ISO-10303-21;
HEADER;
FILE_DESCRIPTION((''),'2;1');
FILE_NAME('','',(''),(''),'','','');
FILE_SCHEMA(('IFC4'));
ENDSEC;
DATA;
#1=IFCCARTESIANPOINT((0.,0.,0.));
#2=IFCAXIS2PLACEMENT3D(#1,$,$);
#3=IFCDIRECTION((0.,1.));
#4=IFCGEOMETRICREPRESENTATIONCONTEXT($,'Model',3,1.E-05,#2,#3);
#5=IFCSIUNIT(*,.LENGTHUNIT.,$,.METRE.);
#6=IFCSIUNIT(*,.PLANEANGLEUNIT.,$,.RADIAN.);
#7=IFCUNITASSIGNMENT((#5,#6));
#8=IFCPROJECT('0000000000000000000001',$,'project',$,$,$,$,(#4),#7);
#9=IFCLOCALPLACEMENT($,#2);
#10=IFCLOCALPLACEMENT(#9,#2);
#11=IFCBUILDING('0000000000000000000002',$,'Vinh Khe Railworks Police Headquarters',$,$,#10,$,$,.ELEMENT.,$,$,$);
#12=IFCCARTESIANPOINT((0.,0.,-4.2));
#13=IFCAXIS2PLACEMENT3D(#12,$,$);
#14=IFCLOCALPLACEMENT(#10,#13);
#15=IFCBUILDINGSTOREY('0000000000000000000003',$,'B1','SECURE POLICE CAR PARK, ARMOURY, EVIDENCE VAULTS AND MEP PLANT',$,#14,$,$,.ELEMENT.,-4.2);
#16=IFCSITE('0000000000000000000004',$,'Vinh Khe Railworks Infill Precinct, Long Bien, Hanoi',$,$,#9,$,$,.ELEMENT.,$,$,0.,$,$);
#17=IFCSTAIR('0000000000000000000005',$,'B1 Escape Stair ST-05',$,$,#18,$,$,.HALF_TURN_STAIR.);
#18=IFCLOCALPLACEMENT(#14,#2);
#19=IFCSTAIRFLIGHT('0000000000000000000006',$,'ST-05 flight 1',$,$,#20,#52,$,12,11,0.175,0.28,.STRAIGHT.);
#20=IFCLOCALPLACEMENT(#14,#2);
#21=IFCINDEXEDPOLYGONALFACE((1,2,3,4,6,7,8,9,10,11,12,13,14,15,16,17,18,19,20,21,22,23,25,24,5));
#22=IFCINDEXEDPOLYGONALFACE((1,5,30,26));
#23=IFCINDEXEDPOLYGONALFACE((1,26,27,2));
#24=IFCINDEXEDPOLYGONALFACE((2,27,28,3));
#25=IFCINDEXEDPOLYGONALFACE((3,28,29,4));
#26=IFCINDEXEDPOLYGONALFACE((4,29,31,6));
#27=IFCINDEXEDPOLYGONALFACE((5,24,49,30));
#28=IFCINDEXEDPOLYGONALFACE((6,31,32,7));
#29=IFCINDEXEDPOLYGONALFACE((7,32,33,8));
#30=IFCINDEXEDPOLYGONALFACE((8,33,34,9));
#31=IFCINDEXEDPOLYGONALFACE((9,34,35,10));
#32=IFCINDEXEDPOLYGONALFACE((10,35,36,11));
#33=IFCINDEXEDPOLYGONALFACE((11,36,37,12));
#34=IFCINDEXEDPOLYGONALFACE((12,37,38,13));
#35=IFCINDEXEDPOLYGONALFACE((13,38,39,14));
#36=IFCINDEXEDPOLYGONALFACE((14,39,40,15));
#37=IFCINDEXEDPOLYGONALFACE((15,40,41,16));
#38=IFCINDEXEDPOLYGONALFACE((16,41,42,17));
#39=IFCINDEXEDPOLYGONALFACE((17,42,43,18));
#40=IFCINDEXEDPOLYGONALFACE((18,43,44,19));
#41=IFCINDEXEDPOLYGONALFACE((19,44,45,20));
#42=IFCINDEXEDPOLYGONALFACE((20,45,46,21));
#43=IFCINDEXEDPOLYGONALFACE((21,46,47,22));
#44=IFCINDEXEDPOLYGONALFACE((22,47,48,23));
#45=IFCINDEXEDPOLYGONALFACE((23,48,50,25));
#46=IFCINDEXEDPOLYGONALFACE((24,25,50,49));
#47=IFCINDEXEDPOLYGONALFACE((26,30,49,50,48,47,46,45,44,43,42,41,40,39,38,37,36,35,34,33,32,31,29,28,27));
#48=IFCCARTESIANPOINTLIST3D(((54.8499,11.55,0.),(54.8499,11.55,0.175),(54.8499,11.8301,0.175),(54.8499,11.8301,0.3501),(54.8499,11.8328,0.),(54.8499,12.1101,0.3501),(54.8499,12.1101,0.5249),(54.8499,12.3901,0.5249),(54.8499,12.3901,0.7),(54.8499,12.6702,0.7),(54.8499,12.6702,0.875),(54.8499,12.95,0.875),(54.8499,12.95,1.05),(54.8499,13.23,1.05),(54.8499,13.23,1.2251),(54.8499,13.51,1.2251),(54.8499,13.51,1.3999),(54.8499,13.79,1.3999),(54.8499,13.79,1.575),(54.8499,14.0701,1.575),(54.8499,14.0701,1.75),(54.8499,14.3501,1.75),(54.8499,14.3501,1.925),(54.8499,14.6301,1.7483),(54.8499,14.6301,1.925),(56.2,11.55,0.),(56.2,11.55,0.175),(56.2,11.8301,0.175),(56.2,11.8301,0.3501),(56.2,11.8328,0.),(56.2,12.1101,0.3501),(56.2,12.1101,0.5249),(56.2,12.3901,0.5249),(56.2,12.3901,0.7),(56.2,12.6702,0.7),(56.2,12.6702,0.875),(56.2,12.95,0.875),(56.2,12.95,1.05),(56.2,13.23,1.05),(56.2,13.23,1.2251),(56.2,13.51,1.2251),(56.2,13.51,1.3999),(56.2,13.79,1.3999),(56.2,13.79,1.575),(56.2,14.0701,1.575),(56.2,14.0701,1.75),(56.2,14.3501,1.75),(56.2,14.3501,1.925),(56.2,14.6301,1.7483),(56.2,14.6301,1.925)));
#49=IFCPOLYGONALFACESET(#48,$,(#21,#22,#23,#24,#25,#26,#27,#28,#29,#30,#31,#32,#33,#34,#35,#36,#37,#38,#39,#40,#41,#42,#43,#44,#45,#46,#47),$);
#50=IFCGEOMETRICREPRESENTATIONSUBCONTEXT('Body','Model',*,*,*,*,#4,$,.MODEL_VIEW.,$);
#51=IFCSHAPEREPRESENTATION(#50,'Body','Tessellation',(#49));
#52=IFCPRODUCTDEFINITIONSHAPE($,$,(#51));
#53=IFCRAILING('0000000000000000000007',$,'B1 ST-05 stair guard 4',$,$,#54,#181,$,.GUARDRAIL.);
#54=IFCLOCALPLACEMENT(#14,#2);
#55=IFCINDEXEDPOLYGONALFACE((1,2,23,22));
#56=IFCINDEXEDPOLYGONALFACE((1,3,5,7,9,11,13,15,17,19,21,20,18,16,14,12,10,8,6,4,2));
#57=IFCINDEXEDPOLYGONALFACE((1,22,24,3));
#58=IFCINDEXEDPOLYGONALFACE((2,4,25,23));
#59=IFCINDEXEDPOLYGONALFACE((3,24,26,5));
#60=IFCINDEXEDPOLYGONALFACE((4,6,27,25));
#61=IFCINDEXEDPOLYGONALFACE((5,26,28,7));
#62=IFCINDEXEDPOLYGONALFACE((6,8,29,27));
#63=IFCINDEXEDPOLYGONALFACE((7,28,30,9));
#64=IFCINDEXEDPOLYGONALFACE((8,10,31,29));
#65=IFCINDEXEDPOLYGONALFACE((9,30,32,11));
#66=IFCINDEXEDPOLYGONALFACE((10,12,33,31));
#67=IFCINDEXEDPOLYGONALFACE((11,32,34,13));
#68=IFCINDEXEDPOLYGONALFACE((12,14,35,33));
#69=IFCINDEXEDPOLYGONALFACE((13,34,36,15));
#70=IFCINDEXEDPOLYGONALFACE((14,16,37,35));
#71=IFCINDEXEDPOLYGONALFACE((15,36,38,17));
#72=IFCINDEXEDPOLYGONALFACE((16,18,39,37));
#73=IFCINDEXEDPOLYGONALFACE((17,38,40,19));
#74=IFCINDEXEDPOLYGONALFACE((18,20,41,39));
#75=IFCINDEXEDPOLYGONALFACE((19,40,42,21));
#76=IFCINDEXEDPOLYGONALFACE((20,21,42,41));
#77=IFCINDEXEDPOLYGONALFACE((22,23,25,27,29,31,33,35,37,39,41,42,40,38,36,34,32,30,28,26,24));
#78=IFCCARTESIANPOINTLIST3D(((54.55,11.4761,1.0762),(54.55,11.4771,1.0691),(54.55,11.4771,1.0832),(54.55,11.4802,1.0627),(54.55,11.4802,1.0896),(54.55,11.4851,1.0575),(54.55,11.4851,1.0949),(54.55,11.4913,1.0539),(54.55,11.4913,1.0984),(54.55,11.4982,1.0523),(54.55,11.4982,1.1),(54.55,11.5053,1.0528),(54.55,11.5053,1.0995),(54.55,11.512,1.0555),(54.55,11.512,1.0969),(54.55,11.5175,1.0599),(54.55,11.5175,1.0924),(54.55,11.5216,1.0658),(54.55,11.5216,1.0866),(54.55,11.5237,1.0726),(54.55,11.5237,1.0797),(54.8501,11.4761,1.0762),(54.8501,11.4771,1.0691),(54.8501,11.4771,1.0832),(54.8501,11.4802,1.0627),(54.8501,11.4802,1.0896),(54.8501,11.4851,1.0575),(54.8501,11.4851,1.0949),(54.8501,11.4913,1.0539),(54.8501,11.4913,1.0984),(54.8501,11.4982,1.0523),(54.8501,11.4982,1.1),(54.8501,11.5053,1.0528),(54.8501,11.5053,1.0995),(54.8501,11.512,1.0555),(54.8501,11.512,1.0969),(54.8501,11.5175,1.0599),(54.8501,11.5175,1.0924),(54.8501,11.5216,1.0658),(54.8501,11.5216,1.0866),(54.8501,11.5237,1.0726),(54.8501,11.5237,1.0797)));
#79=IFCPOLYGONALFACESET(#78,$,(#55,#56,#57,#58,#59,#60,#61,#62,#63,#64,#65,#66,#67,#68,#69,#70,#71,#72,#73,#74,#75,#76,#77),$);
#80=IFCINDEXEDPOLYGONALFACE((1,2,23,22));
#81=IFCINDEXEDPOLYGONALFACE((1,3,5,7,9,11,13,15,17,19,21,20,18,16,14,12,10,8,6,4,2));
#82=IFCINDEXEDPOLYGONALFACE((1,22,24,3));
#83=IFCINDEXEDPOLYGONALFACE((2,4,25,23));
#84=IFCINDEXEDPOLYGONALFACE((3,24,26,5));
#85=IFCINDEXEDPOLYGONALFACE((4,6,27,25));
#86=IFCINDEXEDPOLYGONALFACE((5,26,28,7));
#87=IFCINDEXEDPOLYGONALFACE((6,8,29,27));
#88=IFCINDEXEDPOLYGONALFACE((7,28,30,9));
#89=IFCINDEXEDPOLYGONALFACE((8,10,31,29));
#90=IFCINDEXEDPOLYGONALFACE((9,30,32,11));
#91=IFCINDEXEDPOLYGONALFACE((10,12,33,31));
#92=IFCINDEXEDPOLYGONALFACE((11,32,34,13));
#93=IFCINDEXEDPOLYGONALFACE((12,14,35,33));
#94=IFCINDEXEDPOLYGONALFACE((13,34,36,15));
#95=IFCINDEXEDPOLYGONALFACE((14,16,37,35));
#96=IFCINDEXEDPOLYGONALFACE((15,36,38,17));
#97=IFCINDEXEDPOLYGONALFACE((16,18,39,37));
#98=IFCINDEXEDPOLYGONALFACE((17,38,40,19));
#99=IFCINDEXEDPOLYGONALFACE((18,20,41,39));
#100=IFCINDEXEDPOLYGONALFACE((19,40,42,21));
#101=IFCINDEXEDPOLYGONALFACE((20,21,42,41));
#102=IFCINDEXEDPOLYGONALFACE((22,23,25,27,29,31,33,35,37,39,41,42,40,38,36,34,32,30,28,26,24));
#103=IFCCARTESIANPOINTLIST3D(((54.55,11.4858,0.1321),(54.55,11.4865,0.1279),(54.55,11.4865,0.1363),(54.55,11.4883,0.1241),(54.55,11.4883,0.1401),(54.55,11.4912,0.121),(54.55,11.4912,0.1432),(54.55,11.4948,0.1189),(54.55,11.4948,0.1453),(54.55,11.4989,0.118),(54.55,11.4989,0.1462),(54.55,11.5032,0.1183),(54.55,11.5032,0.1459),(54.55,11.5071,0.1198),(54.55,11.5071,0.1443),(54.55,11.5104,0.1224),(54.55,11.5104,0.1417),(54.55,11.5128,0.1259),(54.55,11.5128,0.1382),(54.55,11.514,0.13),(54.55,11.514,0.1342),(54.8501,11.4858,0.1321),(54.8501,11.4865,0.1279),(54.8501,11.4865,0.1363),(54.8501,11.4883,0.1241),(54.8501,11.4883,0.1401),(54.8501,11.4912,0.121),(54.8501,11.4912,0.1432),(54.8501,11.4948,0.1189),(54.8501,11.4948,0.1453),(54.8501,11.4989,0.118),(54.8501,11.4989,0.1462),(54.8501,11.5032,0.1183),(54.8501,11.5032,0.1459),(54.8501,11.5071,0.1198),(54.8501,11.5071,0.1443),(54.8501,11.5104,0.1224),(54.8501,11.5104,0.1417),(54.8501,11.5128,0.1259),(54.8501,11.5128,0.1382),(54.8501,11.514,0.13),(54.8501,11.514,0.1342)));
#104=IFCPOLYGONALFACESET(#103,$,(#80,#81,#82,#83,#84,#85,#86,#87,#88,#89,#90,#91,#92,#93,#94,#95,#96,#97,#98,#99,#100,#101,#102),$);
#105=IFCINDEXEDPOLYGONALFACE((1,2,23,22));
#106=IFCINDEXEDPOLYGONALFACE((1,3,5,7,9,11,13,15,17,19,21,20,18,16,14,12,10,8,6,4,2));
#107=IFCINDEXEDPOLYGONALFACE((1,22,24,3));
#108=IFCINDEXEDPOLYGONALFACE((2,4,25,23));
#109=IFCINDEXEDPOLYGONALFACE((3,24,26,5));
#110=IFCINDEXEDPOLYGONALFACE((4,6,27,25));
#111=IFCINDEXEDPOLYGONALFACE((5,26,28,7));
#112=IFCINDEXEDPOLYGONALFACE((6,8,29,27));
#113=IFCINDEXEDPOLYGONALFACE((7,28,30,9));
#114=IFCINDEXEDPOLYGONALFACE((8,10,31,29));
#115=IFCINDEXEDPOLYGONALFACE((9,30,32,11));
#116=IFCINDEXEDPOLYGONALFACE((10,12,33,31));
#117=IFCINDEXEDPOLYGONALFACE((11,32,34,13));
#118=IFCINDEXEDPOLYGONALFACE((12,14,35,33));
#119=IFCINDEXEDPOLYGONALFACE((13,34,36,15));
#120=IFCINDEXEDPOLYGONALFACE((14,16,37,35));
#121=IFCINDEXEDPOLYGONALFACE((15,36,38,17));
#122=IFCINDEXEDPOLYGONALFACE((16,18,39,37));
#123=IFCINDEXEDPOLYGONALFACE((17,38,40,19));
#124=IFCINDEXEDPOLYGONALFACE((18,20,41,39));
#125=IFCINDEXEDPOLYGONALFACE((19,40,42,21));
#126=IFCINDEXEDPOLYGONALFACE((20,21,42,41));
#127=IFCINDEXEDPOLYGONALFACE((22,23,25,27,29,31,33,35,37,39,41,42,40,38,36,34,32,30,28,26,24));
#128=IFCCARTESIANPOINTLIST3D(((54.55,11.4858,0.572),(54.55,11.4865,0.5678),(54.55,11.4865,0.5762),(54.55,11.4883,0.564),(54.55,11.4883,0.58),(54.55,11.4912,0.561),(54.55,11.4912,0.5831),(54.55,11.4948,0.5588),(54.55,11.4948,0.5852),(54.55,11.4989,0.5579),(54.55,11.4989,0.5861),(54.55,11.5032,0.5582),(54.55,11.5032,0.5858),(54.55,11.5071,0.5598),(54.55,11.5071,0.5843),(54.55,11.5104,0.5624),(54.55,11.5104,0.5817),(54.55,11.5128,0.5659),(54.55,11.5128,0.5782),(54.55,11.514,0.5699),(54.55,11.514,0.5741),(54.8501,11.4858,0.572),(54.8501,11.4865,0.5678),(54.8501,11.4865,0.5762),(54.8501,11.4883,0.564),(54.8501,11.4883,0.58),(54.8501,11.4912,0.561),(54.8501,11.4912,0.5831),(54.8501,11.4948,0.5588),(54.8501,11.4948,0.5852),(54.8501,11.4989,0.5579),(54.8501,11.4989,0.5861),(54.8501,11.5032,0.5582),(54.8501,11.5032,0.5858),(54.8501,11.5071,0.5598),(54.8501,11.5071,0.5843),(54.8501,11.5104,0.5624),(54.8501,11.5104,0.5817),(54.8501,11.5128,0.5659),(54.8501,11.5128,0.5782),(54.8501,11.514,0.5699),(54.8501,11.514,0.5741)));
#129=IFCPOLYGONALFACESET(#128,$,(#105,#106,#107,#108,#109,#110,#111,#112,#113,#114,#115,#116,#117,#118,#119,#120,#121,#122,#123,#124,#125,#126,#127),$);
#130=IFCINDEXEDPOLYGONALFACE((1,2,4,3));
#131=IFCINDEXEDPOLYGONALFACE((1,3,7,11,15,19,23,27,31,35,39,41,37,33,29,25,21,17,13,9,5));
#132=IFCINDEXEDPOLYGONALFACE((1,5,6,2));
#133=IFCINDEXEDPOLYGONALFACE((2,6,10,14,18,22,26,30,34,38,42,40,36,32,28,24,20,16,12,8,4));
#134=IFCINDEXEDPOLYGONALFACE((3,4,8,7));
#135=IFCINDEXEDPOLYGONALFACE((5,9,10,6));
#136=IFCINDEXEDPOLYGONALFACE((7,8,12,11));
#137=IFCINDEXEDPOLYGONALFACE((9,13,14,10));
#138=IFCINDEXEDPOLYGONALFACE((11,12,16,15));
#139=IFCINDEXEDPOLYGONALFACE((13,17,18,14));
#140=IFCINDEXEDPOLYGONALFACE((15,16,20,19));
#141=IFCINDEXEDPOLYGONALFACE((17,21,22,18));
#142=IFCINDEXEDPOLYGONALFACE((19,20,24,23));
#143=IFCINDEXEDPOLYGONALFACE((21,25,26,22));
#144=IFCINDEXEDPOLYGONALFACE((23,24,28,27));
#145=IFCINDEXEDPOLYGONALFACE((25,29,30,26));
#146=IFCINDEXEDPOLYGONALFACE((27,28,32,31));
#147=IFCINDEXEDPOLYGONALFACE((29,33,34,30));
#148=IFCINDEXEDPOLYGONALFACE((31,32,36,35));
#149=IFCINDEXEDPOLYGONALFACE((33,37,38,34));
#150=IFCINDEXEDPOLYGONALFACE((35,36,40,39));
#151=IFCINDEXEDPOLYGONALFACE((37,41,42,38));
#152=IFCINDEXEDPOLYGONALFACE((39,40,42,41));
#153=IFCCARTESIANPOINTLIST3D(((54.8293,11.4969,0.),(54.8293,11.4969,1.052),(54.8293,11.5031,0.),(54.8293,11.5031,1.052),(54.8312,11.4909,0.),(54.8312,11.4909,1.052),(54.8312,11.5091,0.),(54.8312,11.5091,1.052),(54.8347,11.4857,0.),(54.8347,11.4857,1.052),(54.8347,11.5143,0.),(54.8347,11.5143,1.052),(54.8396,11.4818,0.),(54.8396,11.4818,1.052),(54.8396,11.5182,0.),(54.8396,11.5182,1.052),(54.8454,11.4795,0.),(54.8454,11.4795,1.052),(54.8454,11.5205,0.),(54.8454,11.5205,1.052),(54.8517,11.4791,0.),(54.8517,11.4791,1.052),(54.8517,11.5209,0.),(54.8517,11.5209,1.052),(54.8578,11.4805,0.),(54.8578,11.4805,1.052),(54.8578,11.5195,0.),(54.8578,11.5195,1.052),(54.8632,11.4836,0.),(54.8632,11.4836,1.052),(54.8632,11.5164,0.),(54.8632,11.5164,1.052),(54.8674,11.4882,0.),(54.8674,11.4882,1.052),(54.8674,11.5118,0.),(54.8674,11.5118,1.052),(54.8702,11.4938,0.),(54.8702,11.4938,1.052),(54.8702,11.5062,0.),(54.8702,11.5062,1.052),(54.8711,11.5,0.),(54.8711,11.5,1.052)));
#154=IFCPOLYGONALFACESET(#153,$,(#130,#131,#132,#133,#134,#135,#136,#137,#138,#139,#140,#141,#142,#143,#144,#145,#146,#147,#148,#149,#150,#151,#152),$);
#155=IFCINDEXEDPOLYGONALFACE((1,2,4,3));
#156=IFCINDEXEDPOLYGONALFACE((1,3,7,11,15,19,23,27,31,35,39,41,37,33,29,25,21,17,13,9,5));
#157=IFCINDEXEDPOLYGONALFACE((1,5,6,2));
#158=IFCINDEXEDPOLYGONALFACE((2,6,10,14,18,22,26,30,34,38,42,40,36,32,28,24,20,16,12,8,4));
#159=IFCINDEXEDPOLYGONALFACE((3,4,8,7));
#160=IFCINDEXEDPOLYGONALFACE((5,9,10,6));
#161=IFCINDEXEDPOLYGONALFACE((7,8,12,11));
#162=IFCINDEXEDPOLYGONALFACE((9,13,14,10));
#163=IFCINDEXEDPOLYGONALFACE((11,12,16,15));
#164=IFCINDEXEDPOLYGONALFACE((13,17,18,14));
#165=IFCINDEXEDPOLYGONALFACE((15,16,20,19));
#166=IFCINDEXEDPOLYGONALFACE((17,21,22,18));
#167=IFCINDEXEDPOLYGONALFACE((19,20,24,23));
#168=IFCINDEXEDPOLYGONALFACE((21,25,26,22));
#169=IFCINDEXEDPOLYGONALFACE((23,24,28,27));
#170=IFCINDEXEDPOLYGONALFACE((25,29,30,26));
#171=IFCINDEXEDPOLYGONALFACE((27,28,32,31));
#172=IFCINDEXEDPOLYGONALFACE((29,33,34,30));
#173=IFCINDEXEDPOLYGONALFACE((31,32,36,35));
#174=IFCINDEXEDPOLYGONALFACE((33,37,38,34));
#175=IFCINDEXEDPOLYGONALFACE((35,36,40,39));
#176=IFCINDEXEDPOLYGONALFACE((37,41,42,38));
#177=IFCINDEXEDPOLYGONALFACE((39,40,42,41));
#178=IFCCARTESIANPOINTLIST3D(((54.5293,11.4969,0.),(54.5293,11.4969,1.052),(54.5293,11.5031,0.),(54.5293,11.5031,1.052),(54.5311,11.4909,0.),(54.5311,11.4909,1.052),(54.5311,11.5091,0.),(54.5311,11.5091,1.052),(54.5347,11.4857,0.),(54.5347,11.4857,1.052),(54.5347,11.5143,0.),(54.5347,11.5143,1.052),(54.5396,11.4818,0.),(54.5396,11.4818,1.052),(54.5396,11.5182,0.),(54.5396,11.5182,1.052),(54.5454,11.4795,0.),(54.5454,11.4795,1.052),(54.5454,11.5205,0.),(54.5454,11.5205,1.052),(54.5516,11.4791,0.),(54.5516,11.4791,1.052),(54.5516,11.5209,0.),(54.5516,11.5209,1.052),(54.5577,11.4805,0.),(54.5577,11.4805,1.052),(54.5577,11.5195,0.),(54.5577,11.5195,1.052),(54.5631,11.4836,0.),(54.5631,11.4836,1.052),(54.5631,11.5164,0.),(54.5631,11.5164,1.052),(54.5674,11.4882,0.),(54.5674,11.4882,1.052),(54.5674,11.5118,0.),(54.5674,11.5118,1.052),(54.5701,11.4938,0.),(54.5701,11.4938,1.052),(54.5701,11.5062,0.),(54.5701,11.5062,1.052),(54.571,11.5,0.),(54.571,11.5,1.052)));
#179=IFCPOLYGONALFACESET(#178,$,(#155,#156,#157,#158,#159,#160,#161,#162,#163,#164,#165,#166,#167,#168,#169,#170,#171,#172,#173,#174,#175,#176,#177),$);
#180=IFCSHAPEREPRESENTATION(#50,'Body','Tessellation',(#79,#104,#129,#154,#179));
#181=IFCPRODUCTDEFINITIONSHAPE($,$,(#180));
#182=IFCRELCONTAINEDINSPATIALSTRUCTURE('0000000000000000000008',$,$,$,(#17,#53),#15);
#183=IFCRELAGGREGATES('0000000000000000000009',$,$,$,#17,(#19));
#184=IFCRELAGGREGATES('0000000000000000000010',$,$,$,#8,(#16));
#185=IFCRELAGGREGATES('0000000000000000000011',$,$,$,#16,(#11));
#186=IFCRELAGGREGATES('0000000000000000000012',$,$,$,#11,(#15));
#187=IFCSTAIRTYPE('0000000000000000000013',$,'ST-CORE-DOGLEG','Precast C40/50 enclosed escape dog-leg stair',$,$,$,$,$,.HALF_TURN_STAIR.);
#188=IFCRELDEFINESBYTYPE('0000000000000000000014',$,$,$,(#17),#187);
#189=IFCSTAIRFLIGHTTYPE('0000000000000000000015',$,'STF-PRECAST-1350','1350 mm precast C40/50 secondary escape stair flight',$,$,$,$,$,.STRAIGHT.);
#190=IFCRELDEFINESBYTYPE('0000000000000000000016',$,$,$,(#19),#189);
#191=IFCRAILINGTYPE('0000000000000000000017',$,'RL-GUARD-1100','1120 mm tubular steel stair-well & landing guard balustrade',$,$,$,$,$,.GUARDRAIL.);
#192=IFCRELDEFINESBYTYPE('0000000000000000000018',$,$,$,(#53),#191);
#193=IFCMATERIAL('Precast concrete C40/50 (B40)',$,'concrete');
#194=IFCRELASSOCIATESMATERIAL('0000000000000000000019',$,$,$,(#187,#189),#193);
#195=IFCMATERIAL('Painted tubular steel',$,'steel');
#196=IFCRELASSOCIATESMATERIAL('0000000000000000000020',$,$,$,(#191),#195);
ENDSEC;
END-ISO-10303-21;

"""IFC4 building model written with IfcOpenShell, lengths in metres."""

from ifc_helpers import new_model, si_unit, direction, frame, origin, origin_2d, place, context, subcontext, project, spatial, polyline, circle, outline, extrude, material, type_object, element, aggregate, save


model = new_model("IFC4")

# Units and contexts
model_context = context("Model", 3, precision=1e-05, world=origin(), true_north=direction((0.0, 1.0)))
body_context = subcontext(model_context, "Body", "Model", "MODEL_VIEW")
ifc_project = project(units=[si_unit("LENGTHUNIT", "METRE"), si_unit("PLANEANGLEUNIT", "RADIAN")], contexts=[model_context])

# Site, building, storey
site_placement = place(None, origin())
site = spatial("IfcSite", under=ifc_project, at=site_placement, Name="Vinh Khe Railworks Infill Precinct, Long Bien, Hanoi", CompositionType="ELEMENT", RefElevation=0.0)
building_placement = place(site_placement, origin())
building = spatial("IfcBuilding", under=site, at=building_placement, Name="Vinh Khe Railworks Police Headquarters", CompositionType="ELEMENT")
storey_placement = place(building_placement, frame((0.0, 0.0, -4.2)))
storey = spatial("IfcBuildingStorey", under=building, at=storey_placement, Name="B1", Description="SECURE POLICE CAR PARK, ARMOURY, EVIDENCE VAULTS AND MEP PLANT", CompositionType="ELEMENT", Elevation=-4.2)

# Stair, stair flight
ifc_material_1 = material(Name="Precast concrete C40/50 (B40)", Category="concrete")
stair_type = type_object("IfcStairType", Name="ST-CORE-DOGLEG", Description="Precast C40/50 enclosed escape dog-leg stair", PredefinedType="HALF_TURN_STAIR", material=ifc_material_1)
stair_placement = place(storey_placement, origin())
stair = element("IfcStair", 1, at=stair_placement, inside=storey, type_object=stair_type, Name="B1 Escape Stair ST-05", PredefinedType="HALF_TURN_STAIR")
stair_flight_type = type_object("IfcStairFlightType", Name="STF-PRECAST-1350", Description="1350 mm precast C40/50 secondary escape stair flight", PredefinedType="STRAIGHT", material=ifc_material_1)
stair_flight_placement = place(storey_placement, frame((55.5249, 11.55, 0.0), z_axis=(0.0, 0.0, 1.0), x_axis=(0.0, 1.0, 0.0)))
stair_flight = element("IfcStairFlight", 2, at=stair_flight_placement, type_object=stair_flight_type, Name="ST-05 flight 1", NumberOfRisers=12, NumberOfTreads=11, PredefinedType="STRAIGHT", RiserHeight=0.175, TreadLength=0.28, context=body_context, shape_type="SweptSolid", body=[
    extrude(outline(polyline([(0.0, 0.0), (0.0, 0.175), (0.28, 0.175), (0.28, 0.3501), (0.5601, 0.3501), (0.5601, 0.5249), (0.8401, 0.5249), (0.8401, 0.7), (1.1201, 0.7), (1.1201, 0.875), (1.3999, 0.875), (1.3999, 1.05), (1.6799, 1.05), (1.6799, 1.2251), (1.96, 1.2251), (1.96, 1.3999), (2.24, 1.3999), (2.24, 1.575), (2.52, 1.575), (2.52, 1.75), (2.8, 1.75), (2.8, 1.925), (3.0801, 1.925), (3.0801, 2.1001), (3.0801, 1.7483), (0.2827, 0.0), (0.0, 0.0)])), frame((0.0, 0.675, 0.0), z_axis=(0.0, -1.0, 0.0), x_axis=(1.0, 0.0, 0.0)), (0.0, 0.0, 1.0), 1.3501),
])
aggregate(stair, [stair_flight])

# Railing
ifc_material_2 = material(Name="Painted tubular steel", Category="steel")
railing_type_1 = type_object("IfcRailingType", Name="RL-GUARD-1100", Description="1120 mm tubular steel stair-well & landing guard balustrade", PredefinedType="GUARDRAIL", material=ifc_material_2)
railing_1_placement = place(storey_placement, frame((54.8501, 11.5, 0.0)))
element("IfcRailing", 3, at=railing_1_placement, inside=storey, type_object=railing_type_1, Name="B1 ST-05 stair guard 4", PredefinedType="GUARDRAIL", context=body_context, shape_type="SweptSolid", body=[
    extrude(circle(Radius=0.0239, at=origin_2d()), frame((0.0, 0.0, 1.0762), z_axis=(-1.0, 0.0, 0.0), x_axis=(0.0, -1.0, 0.0)), (0.0, 0.0, 1.0), 0.3),
    extrude(circle(Radius=0.0142, at=origin_2d()), frame((0.0, 0.0, 0.1321), z_axis=(-1.0, 0.0, 0.0), x_axis=(0.0, -1.0, 0.0)), (0.0, 0.0, 1.0), 0.3),
    extrude(circle(Radius=0.0142, at=origin_2d()), frame((0.0, 0.0, 0.572), z_axis=(-1.0, 0.0, 0.0), x_axis=(0.0, -1.0, 0.0)), (0.0, 0.0, 1.0), 0.3),
    extrude(circle(Radius=0.021, at=origin_2d()), origin(), (0.0, 0.0, 1.0), 1.052),
    extrude(circle(Radius=0.021, at=origin_2d()), frame((-0.3, 0.0, 0.0)), (0.0, 0.0, 1.0), 1.052),
])

save(model, "model.ifc")
